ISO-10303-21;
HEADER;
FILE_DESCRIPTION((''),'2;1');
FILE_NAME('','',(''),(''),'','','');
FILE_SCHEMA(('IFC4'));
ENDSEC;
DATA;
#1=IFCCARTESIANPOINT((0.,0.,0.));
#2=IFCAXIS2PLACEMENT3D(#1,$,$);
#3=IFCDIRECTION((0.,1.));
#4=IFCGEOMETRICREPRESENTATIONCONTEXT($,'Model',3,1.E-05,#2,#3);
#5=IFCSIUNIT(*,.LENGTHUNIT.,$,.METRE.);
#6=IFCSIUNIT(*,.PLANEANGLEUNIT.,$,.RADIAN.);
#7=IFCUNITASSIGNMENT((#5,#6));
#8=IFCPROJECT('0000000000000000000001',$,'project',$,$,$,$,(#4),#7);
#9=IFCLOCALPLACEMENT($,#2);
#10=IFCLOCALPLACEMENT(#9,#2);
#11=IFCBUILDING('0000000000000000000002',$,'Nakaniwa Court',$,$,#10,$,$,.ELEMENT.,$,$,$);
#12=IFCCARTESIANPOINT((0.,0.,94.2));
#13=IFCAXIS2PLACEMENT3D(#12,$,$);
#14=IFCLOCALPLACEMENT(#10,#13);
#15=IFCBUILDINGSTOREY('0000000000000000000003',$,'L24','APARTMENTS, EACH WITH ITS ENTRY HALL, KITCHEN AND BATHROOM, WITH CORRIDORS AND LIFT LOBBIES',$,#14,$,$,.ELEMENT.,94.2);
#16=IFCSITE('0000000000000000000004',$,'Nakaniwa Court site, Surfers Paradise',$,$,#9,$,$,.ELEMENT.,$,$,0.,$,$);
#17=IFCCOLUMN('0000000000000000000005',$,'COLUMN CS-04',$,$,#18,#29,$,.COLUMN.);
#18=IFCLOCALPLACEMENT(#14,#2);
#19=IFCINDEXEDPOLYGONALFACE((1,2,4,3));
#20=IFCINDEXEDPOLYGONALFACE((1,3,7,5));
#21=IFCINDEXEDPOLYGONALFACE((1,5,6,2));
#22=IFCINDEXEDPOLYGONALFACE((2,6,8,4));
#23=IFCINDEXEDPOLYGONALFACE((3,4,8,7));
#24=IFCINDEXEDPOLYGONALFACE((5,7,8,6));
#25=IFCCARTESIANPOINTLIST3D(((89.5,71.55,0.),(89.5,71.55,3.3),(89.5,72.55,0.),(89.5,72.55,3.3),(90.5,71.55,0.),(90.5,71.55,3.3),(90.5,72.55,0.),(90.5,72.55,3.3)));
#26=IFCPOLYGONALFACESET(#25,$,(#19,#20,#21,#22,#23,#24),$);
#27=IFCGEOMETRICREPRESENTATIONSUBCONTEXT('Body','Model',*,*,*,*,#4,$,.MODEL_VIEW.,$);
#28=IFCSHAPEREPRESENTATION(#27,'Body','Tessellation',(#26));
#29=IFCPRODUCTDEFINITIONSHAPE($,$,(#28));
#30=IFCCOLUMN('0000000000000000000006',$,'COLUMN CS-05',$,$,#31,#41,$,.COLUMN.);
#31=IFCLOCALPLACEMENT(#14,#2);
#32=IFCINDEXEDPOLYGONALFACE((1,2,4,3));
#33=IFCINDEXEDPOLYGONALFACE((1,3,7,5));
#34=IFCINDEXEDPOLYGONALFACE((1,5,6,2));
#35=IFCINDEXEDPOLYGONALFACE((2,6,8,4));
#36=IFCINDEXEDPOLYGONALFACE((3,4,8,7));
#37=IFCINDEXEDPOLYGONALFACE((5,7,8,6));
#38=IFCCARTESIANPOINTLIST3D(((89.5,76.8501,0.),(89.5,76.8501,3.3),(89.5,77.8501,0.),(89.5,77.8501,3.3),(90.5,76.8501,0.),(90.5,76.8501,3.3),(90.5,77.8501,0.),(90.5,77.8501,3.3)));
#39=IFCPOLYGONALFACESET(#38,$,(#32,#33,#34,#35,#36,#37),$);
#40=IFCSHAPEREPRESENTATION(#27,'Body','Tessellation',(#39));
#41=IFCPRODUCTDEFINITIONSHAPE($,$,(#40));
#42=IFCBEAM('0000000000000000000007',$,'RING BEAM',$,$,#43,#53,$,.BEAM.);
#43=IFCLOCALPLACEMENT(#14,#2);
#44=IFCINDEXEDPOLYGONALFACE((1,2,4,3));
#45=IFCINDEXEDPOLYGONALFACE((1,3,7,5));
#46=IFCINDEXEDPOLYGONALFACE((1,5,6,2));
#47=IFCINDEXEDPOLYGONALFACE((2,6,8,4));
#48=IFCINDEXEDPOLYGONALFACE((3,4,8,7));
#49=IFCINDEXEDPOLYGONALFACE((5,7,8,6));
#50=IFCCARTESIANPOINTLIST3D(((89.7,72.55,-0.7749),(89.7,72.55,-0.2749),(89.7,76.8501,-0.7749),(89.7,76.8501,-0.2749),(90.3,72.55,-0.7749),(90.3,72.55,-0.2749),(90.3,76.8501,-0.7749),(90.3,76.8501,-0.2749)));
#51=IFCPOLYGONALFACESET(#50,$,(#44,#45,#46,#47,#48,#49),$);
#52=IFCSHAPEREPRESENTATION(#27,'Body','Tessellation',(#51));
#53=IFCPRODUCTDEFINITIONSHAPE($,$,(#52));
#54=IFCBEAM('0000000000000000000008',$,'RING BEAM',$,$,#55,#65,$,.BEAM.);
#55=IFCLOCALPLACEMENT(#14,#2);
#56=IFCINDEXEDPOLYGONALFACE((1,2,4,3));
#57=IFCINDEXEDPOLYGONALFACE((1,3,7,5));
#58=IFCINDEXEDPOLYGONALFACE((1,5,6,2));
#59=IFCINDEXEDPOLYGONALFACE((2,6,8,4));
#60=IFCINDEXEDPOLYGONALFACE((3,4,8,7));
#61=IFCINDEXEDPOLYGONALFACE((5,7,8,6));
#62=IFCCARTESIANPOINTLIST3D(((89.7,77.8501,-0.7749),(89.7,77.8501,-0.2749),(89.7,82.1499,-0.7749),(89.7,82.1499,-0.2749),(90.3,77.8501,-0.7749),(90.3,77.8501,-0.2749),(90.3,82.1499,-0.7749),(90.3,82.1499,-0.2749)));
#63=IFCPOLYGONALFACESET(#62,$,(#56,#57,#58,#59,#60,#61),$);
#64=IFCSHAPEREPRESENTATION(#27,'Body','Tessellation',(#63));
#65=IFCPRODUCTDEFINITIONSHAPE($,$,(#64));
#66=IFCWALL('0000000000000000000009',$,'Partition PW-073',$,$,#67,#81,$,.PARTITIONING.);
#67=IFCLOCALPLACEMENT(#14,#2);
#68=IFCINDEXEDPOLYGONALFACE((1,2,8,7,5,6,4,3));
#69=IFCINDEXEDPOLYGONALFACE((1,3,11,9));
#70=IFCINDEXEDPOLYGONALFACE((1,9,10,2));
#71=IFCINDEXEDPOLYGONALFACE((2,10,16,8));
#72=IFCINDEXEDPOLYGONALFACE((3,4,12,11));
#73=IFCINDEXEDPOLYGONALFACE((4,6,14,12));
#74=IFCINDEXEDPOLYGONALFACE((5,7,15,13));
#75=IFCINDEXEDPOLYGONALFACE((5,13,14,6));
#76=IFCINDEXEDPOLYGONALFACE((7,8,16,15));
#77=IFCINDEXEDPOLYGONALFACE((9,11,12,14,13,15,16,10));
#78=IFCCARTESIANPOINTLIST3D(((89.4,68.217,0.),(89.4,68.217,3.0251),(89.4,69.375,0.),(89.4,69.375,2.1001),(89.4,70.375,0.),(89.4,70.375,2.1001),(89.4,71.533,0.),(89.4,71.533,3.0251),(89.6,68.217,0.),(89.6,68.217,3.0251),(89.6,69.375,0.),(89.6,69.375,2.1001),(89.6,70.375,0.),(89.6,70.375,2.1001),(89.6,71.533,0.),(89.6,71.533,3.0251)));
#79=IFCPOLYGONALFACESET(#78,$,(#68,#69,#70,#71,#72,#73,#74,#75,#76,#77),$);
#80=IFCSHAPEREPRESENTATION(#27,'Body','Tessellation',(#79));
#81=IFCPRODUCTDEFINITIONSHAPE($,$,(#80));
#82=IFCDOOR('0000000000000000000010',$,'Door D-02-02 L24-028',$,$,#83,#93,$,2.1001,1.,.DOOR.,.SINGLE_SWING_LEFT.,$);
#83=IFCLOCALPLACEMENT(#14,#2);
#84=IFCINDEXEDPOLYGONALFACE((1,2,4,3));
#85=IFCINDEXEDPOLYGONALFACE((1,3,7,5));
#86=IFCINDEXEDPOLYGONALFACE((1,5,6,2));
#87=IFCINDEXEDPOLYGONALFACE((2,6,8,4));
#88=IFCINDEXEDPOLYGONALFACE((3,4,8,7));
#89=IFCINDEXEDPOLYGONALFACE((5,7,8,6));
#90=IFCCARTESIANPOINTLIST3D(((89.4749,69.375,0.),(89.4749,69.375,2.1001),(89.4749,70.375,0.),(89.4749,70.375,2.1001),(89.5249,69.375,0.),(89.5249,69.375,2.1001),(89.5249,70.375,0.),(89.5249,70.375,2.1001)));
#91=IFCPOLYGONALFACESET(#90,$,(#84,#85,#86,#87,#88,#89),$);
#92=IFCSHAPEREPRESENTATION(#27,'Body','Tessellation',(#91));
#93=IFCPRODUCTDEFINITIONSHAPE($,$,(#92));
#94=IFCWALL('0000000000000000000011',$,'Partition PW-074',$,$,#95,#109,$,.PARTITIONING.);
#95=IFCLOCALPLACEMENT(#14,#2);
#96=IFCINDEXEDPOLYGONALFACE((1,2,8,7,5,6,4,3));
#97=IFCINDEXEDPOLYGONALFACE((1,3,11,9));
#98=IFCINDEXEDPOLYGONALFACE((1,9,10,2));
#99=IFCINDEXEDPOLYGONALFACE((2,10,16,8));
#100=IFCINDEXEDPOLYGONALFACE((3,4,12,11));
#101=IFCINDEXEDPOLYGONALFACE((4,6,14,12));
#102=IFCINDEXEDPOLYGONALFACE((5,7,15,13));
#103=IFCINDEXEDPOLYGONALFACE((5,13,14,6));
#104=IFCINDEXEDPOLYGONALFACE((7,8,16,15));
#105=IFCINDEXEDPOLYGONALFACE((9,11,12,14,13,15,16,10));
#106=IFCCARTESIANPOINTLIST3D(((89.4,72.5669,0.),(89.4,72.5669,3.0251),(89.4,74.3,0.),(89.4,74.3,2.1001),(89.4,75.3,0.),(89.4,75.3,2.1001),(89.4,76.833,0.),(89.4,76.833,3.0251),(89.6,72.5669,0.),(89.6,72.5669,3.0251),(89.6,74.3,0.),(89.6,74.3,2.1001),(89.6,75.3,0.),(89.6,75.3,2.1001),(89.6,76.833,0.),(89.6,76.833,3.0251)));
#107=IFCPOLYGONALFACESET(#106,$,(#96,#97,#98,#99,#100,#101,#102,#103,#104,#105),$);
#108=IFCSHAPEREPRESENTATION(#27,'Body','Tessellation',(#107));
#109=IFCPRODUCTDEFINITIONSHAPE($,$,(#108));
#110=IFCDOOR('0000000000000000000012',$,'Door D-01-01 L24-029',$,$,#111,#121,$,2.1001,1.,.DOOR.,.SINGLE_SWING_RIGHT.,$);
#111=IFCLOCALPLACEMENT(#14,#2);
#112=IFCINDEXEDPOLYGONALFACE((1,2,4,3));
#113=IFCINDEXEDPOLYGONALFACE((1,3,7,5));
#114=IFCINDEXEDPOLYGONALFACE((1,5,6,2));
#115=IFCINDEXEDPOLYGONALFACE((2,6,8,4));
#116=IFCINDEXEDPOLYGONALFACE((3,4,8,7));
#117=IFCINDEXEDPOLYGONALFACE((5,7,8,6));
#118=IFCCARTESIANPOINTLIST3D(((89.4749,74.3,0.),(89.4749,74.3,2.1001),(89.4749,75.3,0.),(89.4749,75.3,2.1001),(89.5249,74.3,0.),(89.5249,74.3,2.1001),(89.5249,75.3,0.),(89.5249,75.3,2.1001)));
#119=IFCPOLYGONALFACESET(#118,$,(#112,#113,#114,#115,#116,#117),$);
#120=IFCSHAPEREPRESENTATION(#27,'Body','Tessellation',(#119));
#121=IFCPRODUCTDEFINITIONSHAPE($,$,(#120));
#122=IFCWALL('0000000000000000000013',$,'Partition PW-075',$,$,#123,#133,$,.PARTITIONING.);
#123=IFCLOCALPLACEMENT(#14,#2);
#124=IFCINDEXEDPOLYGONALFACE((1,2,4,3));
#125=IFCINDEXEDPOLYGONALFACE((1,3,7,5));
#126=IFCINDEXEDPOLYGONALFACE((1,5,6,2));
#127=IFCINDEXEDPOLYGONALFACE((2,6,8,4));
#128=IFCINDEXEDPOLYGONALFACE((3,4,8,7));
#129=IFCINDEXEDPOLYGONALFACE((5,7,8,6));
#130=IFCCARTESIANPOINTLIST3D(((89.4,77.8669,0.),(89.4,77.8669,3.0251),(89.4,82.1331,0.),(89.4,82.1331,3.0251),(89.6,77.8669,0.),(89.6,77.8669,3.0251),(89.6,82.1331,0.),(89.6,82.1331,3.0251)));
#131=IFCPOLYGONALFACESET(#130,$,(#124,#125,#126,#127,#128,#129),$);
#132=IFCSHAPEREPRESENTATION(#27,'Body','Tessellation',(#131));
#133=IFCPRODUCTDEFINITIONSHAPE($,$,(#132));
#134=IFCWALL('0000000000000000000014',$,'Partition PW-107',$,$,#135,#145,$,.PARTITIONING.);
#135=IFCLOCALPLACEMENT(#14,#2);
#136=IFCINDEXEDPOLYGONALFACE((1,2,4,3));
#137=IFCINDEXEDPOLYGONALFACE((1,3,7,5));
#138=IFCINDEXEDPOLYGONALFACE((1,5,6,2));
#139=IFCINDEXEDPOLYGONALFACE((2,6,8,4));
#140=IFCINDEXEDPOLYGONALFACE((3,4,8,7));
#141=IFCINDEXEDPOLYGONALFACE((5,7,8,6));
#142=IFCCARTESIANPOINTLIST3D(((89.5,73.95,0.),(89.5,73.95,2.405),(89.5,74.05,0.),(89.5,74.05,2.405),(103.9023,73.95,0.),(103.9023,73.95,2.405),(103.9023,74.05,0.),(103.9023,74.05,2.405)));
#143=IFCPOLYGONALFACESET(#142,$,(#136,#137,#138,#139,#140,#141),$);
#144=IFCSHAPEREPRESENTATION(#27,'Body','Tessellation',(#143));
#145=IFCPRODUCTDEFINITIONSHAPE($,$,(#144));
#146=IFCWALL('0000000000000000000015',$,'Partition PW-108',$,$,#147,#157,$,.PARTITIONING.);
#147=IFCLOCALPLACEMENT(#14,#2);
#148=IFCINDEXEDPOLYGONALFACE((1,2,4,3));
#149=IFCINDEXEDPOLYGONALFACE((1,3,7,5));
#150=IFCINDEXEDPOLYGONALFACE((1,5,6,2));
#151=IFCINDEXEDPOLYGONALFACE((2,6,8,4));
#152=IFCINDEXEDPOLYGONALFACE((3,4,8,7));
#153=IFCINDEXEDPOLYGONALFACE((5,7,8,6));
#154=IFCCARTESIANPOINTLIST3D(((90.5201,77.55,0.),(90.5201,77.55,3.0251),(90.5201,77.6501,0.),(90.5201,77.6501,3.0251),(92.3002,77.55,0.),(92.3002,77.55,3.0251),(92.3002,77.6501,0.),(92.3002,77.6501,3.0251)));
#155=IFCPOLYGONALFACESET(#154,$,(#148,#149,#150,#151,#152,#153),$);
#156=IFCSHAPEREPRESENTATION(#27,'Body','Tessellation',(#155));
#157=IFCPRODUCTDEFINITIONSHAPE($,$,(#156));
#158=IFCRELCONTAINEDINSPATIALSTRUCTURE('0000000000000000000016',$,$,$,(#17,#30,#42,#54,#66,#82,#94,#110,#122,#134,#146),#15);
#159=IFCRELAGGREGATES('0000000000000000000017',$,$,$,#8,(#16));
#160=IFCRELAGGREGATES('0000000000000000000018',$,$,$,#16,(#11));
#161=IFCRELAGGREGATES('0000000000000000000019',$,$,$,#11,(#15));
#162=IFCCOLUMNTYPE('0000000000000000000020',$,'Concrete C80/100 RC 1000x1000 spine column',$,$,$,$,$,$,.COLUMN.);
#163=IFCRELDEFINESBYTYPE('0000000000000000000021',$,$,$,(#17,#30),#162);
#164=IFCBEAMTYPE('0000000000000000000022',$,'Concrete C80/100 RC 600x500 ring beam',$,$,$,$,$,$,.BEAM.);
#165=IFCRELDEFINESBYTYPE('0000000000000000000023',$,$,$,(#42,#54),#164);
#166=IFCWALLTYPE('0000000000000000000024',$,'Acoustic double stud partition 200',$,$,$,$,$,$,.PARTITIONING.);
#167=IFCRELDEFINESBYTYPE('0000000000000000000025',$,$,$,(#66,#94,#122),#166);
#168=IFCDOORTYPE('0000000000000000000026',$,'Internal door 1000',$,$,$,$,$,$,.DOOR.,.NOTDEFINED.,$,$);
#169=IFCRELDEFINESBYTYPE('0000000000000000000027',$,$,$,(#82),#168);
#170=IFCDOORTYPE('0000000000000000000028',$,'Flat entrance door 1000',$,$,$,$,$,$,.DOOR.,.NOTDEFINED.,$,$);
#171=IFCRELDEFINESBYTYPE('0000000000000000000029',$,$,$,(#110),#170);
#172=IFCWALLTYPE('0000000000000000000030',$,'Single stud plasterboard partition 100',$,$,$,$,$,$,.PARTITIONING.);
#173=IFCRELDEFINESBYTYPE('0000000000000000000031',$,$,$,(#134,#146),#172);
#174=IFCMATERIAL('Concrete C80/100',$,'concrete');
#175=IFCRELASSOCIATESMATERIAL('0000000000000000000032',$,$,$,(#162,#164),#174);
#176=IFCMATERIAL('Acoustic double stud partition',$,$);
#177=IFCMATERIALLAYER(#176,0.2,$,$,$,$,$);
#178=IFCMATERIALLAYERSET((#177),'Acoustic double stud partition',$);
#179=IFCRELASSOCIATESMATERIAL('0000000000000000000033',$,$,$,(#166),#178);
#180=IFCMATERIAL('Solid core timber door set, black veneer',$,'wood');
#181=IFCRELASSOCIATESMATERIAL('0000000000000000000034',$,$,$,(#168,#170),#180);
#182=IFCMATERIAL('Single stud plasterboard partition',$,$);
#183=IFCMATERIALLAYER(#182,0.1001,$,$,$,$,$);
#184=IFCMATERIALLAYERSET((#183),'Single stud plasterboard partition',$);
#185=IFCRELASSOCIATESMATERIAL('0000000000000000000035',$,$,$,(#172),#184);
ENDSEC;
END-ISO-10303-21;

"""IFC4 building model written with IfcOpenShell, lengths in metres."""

from ifc_helpers import new_model, si_unit, direction, frame, frame_2d, origin, origin_2d, place, context, subcontext, project, spatial, rectangle, extrude, material, layer, layer_set, material_profile, profile_set, type_object, element, fill, save


model = new_model("IFC4")

# Units and contexts
model_context = context("Model", 3, precision=1e-05, world=origin(), true_north=direction((0.0, 1.0)))
body_context = subcontext(model_context, "Body", "Model", "MODEL_VIEW")
ifc_project = project(units=[si_unit("LENGTHUNIT", "METRE"), si_unit("PLANEANGLEUNIT", "RADIAN")], contexts=[model_context])

# Site, building, storey
site_placement = place(None, origin())
site = spatial("IfcSite", under=ifc_project, at=site_placement, Name="Nakaniwa Court site, Surfers Paradise", CompositionType="ELEMENT", RefElevation=0.0)
building_placement = place(site_placement, origin())
building = spatial("IfcBuilding", under=site, at=building_placement, Name="Nakaniwa Court", CompositionType="ELEMENT")
storey_placement = place(building_placement, frame((0.0, 0.0, 94.2)))
storey = spatial("IfcBuildingStorey", under=building, at=storey_placement, Name="L24", Description="APARTMENTS, EACH WITH ITS ENTRY HALL, KITCHEN AND BATHROOM, WITH CORRIDORS AND LIFT LOBBIES", CompositionType="ELEMENT", Elevation=94.2)

# Columns
ifc_material_1 = material(Name="Concrete C80/100", Category="concrete")
ifc_material_profile_1 = material_profile(ifc_material_1, rectangle(XDim=1.0, YDim=1.0, at=origin_2d()), Name="Concrete C80/100 RC 1000x1000 spine column")
ifc_profile_set_1 = profile_set([ifc_material_profile_1], Name="Concrete C80/100")
column_type = type_object("IfcColumnType", Name="Concrete C80/100 RC 1000x1000 spine column", PredefinedType="COLUMN", material=ifc_profile_set_1)
for number, where, z_axis, x_axis, name in (
    (1, (90.0, 72.05, 0.0), (0.0, 0.0, 1.0), (0.0, 1.0, 0.0), "COLUMN CS-04"),
    (2, (90.0, 77.3501, 0.0), (0.0, 0.0, 1.0), (0.0, 1.0, 0.0), "COLUMN CS-05"),
):
    element("IfcColumn", number, at=place(storey_placement, frame(where, z_axis=z_axis, x_axis=x_axis)), inside=storey, type_object=column_type, Name=name, PredefinedType="COLUMN", context=body_context, shape_type="SweptSolid", body=[
        extrude(rectangle(XDim=1.0, YDim=1.0, at=origin_2d()), origin(), (0.0, 0.0, 1.0), 3.3),
    ])

# Beams
ifc_material_profile_2 = material_profile(ifc_material_1, rectangle(XDim=0.6001, YDim=0.5, at=origin_2d()), Name="Concrete C80/100 RC 600x500 ring beam")
ifc_profile_set_2 = profile_set([ifc_material_profile_2], Name="Concrete C80/100")
beam_type = type_object("IfcBeamType", Name="Concrete C80/100 RC 600x500 ring beam", PredefinedType="BEAM", material=ifc_profile_set_2)
beam_1_placement = place(storey_placement, frame((90.0, 72.55, -0.5249), z_axis=(0.0, 1.0, 0.0), x_axis=(-1.0, 0.0, 0.0)))
element("IfcBeam", 3, at=beam_1_placement, inside=storey, type_object=beam_type, Name="RING BEAM", PredefinedType="BEAM", context=body_context, shape_type="SweptSolid", body=[
    extrude(rectangle(XDim=0.6001, YDim=0.5, at=origin_2d()), origin(), (0.0, 0.0, 1.0), 4.3),
])
beam_2_placement = place(storey_placement, frame((90.0, 77.8501, -0.5249), z_axis=(0.0, 1.0, 0.0), x_axis=(-1.0, 0.0, 0.0)))
element("IfcBeam", 4, at=beam_2_placement, inside=storey, type_object=beam_type, Name="RING BEAM", PredefinedType="BEAM", context=body_context, shape_type="SweptSolid", body=[
    extrude(rectangle(XDim=0.6001, YDim=0.5, at=origin_2d()), origin(), (0.0, 0.0, 1.0), 4.2998),
])

# Walls, openings, doors
ifc_material_2 = material(Name="Acoustic double stud partition")
ifc_layer_1 = layer(ifc_material_2, 0.2)
ifc_layer_set_1 = layer_set([ifc_layer_1], Name="Acoustic double stud partition")
wall_type_1 = type_object("IfcWallType", Name="Acoustic double stud partition 200", PredefinedType="PARTITIONING", material=ifc_layer_set_1)
wall_1_placement = place(storey_placement, frame((89.5, 71.533, 0.0), z_axis=(0.0, 0.0, 1.0), x_axis=(0.0, -1.0, 0.0)))
wall_1 = element("IfcWall", 5, at=wall_1_placement, inside=storey, type_object=wall_type_1, Name="Partition PW-073", PredefinedType="PARTITIONING", context=body_context, shape_type="SweptSolid", body=[
    extrude(rectangle(XDim=3.3159, YDim=0.2, at=frame_2d((1.658, 0.0))), origin(), (0.0, 0.0, 1.0), 3.0251),
])
opening_1_placement = place(wall_1_placement, frame((1.158, 0.0, 0.0)))
opening_1 = element("IfcOpeningElement", 6, at=opening_1_placement, cuts=wall_1, PredefinedType="OPENING", context=body_context, shape_type="SweptSolid", body=[
    extrude(rectangle(XDim=1.0, YDim=2.1001, at=frame_2d((0.5, 1.05))), frame((0.0, 0.1099, 0.0), z_axis=(0.0, -1.0, 0.0), x_axis=(1.0, 0.0, 0.0)), (0.0, 0.0, 1.0), 0.22),
])
ifc_material_3 = material(Name="Solid core timber door set, black veneer", Category="wood")
door_type_1 = type_object("IfcDoorType", Name="Internal door 1000", OperationType="NOTDEFINED", PredefinedType="DOOR", material=ifc_material_3)
door_1_placement = place(opening_1_placement, origin())
door_1 = element("IfcDoor", 7, at=door_1_placement, inside=storey, type_object=door_type_1, Name="Door D-02-02 L24-028", OperationType="SINGLE_SWING_LEFT", OverallHeight=2.1001, OverallWidth=1.0, PredefinedType="DOOR", context=body_context, shape_type="SweptSolid", body=[
    extrude(rectangle(XDim=1.0, YDim=2.1001, at=frame_2d((0.5, 1.05))), frame((0.0, 0.0249, 0.0), z_axis=(0.0, -1.0, 0.0), x_axis=(1.0, 0.0, 0.0)), (0.0, 0.0, 1.0), 0.05),
])
fill(opening_1, door_1)
wall_2_placement = place(storey_placement, frame((89.5, 76.833, 0.0), z_axis=(0.0, 0.0, 1.0), x_axis=(0.0, -1.0, 0.0)))
wall_2 = element("IfcWall", 8, at=wall_2_placement, inside=storey, type_object=wall_type_1, Name="Partition PW-074", PredefinedType="PARTITIONING", context=body_context, shape_type="SweptSolid", body=[
    extrude(rectangle(XDim=4.2661, YDim=0.2, at=frame_2d((2.1331, 0.0))), origin(), (0.0, 0.0, 1.0), 3.0251),
])
opening_2_placement = place(wall_2_placement, frame((1.533, 0.0, 0.0)))
opening_2 = element("IfcOpeningElement", 9, at=opening_2_placement, cuts=wall_2, PredefinedType="OPENING", context=body_context, shape_type="SweptSolid", body=[
    extrude(rectangle(XDim=1.0, YDim=2.1001, at=frame_2d((0.5, 1.05))), frame((0.0, 0.1099, 0.0), z_axis=(0.0, -1.0, 0.0), x_axis=(1.0, 0.0, 0.0)), (0.0, 0.0, 1.0), 0.22),
])
door_type_2 = type_object("IfcDoorType", Name="Flat entrance door 1000", OperationType="NOTDEFINED", PredefinedType="DOOR", material=ifc_material_3)
door_2_placement = place(opening_2_placement, origin())
door_2 = element("IfcDoor", 10, at=door_2_placement, inside=storey, type_object=door_type_2, Name="Door D-01-01 L24-029", OperationType="SINGLE_SWING_RIGHT", OverallHeight=2.1001, OverallWidth=1.0, PredefinedType="DOOR", context=body_context, shape_type="SweptSolid", body=[
    extrude(rectangle(XDim=1.0, YDim=2.1001, at=frame_2d((0.5, 1.05))), frame((0.0, 0.0249, 0.0), z_axis=(0.0, -1.0, 0.0), x_axis=(1.0, 0.0, 0.0)), (0.0, 0.0, 1.0), 0.05),
])
fill(opening_2, door_2)

# Walls
wall_3_placement = place(storey_placement, frame((89.5, 77.8669, 0.0), z_axis=(0.0, 0.0, 1.0), x_axis=(0.0, 1.0, 0.0)))
element("IfcWall", 11, at=wall_3_placement, inside=storey, type_object=wall_type_1, Name="Partition PW-075", PredefinedType="PARTITIONING", context=body_context, shape_type="SweptSolid", body=[
    extrude(rectangle(XDim=4.2661, YDim=0.2, at=frame_2d((2.1331, 0.0))), origin(), (0.0, 0.0, 1.0), 3.0251),
])
ifc_material_4 = material(Name="Single stud plasterboard partition")
ifc_layer_2 = layer(ifc_material_4, 0.1001)
ifc_layer_set_2 = layer_set([ifc_layer_2], Name="Single stud plasterboard partition")
wall_type_2 = type_object("IfcWallType", Name="Single stud plasterboard partition 100", PredefinedType="PARTITIONING", material=ifc_layer_set_2)
wall_4_placement = place(storey_placement, frame((89.5, 74.0, 0.0), z_axis=(0.0, 0.0, 1.0), x_axis=(1.0, 0.0, 0.0)))
element("IfcWall", 12, at=wall_4_placement, inside=storey, type_object=wall_type_2, Name="Partition PW-107", PredefinedType="PARTITIONING", context=body_context, shape_type="SweptSolid", body=[
    extrude(rectangle(XDim=14.4023, YDim=0.1001, at=frame_2d((7.2012, 0.0))), origin(), (0.0, 0.0, 1.0), 2.405),
])
wall_5_placement = place(storey_placement, frame((90.52, 77.6001, 0.0), z_axis=(0.0, 0.0, 1.0), x_axis=(1.0, 0.0, 0.0)))
element("IfcWall", 13, at=wall_5_placement, inside=storey, type_object=wall_type_2, Name="Partition PW-108", PredefinedType="PARTITIONING", context=body_context, shape_type="SweptSolid", body=[
    extrude(rectangle(XDim=1.78, YDim=0.1001, at=frame_2d((0.8901, 0.0))), origin(), (0.0, 0.0, 1.0), 3.0251),
])

save(model, "model.ifc")
